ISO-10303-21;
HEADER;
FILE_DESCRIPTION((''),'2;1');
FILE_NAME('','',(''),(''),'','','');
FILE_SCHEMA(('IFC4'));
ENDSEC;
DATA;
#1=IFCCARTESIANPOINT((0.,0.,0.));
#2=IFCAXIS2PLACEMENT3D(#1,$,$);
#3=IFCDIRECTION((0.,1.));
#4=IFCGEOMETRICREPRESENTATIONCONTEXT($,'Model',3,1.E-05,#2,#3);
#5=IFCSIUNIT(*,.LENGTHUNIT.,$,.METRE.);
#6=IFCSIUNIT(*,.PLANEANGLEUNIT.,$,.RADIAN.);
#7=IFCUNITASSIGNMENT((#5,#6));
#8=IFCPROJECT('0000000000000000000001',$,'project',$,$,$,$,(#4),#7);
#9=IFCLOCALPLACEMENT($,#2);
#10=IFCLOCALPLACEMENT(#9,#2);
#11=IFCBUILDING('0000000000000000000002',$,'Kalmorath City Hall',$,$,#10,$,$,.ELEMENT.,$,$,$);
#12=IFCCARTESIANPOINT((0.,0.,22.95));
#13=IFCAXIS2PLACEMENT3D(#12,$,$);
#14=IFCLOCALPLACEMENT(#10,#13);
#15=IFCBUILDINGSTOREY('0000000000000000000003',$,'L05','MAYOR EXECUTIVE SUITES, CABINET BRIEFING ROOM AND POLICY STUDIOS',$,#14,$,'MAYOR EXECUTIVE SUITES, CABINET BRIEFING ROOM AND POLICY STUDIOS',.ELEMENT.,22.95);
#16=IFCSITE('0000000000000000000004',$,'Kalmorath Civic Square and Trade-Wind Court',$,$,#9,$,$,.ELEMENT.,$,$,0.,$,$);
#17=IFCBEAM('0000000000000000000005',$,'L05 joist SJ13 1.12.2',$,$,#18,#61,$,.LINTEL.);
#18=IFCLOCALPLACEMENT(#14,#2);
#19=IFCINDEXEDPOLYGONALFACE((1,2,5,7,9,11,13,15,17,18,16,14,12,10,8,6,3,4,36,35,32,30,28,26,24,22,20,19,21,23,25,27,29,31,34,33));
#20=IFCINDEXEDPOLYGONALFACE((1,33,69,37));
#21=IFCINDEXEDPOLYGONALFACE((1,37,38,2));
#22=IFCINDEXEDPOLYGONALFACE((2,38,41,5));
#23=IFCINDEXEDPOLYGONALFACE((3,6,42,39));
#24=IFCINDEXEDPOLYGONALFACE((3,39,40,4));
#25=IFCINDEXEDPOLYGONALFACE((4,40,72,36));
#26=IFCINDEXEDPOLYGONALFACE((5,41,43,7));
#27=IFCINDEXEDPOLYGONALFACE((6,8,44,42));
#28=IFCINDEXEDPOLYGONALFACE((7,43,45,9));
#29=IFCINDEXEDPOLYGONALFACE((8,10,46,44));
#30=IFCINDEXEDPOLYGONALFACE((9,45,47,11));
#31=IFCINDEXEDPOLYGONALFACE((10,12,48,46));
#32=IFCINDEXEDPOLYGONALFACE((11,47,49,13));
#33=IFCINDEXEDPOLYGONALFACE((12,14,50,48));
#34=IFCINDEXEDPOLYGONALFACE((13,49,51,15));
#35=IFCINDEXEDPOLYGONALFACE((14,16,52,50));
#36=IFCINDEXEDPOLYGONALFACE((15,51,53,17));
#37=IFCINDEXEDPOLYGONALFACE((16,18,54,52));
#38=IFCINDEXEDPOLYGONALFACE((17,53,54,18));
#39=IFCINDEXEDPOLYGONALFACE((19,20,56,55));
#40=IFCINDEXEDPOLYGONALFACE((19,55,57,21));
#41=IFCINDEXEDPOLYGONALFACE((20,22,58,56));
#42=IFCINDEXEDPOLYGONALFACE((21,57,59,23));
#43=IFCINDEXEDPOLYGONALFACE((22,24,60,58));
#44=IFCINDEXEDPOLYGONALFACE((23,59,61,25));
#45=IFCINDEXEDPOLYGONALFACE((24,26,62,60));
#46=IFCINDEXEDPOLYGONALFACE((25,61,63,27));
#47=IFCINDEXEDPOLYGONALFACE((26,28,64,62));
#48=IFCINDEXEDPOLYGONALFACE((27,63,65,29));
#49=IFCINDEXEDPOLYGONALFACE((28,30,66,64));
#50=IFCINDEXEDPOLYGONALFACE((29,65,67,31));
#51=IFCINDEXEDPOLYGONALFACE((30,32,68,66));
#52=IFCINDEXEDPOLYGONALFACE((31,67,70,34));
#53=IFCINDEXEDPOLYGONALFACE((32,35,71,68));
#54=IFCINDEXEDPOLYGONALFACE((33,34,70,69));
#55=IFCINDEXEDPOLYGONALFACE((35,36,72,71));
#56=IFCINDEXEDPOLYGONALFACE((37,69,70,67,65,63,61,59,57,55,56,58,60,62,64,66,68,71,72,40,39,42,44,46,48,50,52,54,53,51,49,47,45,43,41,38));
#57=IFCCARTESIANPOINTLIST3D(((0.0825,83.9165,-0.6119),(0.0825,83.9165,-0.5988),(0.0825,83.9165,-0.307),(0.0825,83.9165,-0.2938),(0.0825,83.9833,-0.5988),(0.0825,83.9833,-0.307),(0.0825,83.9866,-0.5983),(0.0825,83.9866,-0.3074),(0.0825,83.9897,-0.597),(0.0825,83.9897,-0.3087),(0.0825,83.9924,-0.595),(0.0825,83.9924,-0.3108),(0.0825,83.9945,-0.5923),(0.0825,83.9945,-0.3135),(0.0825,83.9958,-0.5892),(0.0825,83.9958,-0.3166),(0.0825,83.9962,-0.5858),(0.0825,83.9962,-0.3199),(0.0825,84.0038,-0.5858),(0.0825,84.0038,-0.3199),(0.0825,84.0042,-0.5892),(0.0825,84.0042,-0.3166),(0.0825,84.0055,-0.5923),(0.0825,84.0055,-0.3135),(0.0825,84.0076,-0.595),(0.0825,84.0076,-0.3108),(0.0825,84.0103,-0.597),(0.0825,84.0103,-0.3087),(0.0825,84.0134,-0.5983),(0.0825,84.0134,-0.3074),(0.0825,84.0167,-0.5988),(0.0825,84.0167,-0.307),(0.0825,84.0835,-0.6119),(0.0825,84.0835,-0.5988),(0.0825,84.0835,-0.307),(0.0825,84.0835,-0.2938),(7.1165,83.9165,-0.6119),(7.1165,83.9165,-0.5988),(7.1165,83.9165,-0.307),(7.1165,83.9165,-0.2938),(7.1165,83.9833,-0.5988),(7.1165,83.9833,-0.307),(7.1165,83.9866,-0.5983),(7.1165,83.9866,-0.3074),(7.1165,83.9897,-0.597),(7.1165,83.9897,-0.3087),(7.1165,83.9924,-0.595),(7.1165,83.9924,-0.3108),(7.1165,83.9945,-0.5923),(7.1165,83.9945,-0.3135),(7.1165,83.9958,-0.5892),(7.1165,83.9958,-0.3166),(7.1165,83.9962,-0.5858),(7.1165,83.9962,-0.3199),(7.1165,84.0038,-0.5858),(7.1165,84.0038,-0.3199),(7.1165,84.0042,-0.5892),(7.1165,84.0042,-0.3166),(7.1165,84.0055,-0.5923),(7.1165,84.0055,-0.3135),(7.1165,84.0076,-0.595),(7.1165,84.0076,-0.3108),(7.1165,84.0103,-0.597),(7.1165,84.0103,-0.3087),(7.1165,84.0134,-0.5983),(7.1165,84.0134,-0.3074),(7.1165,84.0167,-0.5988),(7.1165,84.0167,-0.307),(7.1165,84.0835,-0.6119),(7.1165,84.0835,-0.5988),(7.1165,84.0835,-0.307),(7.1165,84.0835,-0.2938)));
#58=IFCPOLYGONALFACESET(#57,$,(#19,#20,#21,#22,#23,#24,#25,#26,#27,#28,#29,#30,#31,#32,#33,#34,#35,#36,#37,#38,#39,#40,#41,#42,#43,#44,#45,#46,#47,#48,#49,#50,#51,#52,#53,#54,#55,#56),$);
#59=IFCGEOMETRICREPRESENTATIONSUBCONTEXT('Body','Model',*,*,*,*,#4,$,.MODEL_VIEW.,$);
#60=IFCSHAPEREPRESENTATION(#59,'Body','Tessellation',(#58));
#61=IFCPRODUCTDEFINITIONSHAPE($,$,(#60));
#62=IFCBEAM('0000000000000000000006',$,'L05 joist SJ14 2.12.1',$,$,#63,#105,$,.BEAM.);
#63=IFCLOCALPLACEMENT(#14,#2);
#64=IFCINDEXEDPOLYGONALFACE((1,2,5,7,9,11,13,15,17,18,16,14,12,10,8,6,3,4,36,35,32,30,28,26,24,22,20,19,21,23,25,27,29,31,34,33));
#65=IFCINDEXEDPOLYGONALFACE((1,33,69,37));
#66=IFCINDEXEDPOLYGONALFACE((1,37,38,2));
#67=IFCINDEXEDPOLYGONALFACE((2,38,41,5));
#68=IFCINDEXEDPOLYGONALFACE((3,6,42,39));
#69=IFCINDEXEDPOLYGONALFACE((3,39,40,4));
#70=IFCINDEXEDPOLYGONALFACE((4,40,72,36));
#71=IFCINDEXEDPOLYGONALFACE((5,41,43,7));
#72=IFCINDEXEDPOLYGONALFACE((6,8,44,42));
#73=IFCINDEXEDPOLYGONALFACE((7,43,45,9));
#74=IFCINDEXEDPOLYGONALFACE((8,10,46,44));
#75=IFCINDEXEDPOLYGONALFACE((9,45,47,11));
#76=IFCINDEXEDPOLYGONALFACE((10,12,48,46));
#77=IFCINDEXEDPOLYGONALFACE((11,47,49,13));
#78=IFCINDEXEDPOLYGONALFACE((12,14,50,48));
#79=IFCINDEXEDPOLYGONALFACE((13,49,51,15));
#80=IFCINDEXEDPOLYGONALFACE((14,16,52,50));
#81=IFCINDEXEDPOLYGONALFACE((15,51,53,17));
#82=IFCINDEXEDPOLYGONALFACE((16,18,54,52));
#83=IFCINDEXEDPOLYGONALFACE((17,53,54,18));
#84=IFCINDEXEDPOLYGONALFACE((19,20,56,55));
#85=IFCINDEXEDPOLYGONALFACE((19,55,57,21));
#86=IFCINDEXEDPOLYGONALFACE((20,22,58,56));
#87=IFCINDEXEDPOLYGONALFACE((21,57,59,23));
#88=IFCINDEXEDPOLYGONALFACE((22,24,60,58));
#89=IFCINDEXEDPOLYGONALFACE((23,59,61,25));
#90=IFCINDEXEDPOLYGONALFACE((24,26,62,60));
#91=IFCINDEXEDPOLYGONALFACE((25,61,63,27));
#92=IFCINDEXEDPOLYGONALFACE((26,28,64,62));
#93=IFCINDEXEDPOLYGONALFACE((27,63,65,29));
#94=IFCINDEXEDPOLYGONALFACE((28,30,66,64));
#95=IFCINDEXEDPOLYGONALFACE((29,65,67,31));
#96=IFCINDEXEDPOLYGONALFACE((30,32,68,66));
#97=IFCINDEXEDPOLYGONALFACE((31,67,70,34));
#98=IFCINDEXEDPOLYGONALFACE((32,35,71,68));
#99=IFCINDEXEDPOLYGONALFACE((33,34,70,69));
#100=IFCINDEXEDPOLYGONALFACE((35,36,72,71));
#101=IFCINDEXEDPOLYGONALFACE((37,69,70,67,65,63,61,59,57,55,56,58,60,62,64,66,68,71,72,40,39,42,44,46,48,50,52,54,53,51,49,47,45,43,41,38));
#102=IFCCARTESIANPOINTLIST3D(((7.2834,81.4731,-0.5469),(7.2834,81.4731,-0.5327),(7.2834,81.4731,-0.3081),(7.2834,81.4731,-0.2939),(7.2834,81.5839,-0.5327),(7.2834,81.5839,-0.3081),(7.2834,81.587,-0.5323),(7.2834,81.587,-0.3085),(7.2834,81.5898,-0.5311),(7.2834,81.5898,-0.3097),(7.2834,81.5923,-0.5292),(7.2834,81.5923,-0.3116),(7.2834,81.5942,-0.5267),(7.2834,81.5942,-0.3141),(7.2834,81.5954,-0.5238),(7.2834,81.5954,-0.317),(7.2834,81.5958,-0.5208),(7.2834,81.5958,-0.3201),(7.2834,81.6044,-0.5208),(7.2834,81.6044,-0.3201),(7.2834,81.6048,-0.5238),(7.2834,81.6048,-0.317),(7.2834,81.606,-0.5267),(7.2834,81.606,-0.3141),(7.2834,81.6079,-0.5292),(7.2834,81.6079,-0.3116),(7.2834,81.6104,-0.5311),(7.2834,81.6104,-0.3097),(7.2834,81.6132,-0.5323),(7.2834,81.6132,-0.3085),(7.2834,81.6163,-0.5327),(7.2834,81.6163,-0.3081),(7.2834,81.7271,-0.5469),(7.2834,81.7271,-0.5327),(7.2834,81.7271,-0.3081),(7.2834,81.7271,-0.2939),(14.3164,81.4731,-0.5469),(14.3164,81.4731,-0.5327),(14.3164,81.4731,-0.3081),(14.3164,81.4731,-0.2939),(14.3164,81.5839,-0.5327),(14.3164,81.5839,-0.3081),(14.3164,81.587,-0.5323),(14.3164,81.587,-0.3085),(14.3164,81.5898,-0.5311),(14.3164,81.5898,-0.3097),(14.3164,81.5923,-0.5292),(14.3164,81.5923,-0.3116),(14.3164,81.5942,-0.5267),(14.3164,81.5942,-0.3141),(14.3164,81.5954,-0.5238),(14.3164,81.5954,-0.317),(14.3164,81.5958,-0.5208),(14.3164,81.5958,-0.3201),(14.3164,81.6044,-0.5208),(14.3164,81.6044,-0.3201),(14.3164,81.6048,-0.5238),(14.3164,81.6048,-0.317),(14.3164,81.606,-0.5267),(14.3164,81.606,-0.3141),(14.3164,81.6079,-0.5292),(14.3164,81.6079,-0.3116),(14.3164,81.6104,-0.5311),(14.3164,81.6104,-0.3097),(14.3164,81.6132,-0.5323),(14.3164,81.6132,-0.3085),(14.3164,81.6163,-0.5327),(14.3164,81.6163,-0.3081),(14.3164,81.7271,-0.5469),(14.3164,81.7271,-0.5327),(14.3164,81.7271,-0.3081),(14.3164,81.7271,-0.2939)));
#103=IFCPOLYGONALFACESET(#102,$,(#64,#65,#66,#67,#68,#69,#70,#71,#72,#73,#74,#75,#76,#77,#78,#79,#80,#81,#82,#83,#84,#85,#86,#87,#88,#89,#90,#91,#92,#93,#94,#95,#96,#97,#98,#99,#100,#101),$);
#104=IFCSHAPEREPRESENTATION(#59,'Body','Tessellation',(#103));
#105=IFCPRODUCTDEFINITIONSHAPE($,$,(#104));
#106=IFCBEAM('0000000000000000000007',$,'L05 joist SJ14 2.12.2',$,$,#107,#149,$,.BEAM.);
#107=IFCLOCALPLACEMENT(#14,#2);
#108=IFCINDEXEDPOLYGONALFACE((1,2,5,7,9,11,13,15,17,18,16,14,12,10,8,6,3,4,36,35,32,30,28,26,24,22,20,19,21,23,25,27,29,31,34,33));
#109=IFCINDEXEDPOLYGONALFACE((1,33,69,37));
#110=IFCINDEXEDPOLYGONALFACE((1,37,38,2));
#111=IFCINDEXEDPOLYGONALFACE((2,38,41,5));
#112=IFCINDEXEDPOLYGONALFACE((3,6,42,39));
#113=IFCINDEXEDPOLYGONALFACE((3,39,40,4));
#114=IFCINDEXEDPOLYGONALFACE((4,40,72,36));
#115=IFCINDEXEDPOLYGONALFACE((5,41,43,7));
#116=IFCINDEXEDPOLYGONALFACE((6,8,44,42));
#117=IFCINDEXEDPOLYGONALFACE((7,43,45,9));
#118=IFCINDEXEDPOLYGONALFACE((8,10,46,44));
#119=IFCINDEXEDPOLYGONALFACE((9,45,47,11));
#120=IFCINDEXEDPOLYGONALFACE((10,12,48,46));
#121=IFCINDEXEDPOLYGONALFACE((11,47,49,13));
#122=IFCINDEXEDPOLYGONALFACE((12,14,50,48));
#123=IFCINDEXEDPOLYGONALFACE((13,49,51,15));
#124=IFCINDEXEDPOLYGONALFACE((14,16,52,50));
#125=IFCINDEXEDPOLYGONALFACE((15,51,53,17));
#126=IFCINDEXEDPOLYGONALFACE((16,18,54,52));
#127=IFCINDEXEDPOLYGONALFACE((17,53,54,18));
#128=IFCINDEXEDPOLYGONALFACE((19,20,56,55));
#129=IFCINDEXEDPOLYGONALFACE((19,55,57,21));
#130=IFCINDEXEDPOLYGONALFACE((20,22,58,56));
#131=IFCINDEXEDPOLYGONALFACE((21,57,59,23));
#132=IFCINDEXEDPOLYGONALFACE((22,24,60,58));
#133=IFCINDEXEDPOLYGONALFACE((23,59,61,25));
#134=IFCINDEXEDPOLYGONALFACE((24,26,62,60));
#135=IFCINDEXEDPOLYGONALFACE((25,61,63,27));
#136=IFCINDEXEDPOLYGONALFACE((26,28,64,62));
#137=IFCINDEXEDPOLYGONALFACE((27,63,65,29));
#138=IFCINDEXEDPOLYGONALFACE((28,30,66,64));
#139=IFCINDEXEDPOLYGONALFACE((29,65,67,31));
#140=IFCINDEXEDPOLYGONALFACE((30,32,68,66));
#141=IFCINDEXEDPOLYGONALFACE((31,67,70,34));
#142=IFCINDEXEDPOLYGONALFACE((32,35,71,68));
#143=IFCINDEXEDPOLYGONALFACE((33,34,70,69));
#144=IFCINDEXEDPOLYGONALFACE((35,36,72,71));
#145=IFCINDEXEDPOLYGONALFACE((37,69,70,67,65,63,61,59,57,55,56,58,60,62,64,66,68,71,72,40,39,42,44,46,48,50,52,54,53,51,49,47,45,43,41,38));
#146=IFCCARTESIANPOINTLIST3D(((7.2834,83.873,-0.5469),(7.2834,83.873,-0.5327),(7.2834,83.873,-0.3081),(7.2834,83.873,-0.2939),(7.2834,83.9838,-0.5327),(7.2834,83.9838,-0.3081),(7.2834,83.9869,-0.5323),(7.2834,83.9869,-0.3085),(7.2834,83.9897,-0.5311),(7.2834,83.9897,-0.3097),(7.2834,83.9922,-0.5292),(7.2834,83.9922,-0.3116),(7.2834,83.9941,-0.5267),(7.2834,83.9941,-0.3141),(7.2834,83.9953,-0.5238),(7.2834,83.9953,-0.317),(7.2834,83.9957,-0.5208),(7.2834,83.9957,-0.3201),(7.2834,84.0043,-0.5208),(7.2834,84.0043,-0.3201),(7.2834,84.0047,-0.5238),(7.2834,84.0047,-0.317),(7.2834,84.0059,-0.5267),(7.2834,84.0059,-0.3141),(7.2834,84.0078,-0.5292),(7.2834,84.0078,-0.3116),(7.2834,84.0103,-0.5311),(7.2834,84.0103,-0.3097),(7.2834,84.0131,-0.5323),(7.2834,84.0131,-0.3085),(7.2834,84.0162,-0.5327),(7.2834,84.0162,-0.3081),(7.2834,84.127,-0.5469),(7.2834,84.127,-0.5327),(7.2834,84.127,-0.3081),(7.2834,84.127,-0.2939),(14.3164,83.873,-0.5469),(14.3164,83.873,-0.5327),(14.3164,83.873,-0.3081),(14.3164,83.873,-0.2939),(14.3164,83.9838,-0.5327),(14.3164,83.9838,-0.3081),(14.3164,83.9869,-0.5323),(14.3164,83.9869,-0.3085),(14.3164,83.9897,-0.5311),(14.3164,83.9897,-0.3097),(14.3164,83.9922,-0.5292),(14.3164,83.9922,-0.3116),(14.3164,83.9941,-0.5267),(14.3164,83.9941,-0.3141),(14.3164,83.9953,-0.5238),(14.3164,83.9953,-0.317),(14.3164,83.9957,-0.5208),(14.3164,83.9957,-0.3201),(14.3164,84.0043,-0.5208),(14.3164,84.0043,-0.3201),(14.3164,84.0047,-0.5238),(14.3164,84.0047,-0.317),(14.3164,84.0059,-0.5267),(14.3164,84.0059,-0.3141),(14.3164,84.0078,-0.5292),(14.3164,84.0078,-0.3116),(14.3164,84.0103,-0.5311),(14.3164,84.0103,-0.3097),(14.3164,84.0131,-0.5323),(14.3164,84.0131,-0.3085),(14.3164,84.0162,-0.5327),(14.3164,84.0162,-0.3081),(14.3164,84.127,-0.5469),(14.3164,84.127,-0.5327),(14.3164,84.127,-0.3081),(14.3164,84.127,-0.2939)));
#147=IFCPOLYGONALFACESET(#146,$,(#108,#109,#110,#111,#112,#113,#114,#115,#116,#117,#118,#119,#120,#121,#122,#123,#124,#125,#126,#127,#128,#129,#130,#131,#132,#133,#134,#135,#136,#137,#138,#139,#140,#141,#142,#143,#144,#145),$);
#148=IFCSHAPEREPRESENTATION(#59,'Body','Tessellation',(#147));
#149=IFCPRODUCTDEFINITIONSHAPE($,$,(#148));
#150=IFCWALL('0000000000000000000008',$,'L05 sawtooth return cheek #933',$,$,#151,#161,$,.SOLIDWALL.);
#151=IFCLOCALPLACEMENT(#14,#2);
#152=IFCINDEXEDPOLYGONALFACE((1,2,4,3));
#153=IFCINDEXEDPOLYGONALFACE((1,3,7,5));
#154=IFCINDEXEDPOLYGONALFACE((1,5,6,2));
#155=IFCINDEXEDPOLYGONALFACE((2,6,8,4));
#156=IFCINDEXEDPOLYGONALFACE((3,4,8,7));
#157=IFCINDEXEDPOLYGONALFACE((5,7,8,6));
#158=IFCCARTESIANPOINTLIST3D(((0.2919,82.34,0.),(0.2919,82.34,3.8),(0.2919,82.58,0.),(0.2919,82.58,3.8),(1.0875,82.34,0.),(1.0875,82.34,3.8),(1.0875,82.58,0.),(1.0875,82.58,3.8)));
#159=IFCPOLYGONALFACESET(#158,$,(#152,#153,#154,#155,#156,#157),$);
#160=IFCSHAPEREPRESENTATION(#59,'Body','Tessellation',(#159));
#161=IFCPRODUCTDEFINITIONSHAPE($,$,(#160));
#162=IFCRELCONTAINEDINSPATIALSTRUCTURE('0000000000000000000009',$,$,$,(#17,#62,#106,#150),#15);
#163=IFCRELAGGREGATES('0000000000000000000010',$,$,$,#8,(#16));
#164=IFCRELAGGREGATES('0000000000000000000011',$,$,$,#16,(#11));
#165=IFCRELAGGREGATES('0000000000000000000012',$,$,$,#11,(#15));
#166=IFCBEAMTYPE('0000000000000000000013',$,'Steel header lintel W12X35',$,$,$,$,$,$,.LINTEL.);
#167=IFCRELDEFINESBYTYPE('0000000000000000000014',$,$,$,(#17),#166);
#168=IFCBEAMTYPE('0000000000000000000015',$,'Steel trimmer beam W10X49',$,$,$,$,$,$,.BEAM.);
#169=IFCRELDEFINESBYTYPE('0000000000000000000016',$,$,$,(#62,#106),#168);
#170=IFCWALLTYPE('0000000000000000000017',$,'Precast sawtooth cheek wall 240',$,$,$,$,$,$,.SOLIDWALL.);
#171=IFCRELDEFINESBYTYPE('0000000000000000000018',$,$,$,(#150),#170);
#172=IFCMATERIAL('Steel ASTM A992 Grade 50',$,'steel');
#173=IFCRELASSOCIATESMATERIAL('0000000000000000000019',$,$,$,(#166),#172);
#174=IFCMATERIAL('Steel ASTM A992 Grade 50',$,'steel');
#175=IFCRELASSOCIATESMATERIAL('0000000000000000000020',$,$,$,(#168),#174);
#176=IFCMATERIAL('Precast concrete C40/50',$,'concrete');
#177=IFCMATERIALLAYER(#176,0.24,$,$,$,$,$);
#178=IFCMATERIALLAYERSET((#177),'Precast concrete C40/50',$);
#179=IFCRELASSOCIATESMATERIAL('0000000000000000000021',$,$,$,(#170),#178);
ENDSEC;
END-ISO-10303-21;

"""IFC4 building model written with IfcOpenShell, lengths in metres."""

from ifc_helpers import new_model, si_unit, direction, frame, frame_2d, origin, origin_2d, place, context, subcontext, project, spatial, rectangle, i_section, extrude, material, layer, layer_set, material_profile, profile_set, type_object, element, save


model = new_model("IFC4")

# Units and contexts
model_context = context("Model", 3, precision=1e-05, world=origin(), true_north=direction((0.0, 1.0)))
body_context = subcontext(model_context, "Body", "Model", "MODEL_VIEW")
ifc_project = project(units=[si_unit("LENGTHUNIT", "METRE"), si_unit("PLANEANGLEUNIT", "RADIAN")], contexts=[model_context])

# Site, building, storey
site_placement = place(None, origin())
site = spatial("IfcSite", under=ifc_project, at=site_placement, Name="Kalmorath Civic Square and Trade-Wind Court", CompositionType="ELEMENT", RefElevation=0.0)
building_placement = place(site_placement, origin())
building = spatial("IfcBuilding", under=site, at=building_placement, Name="Kalmorath City Hall", CompositionType="ELEMENT")
storey_placement = place(building_placement, frame((0.0, 0.0, 22.95)))
storey = spatial("IfcBuildingStorey", under=building, at=storey_placement, Name="L05", Description="MAYOR EXECUTIVE SUITES, CABINET BRIEFING ROOM AND POLICY STUDIOS", LongName="MAYOR EXECUTIVE SUITES, CABINET BRIEFING ROOM AND POLICY STUDIOS", CompositionType="ELEMENT", Elevation=22.95)

# Beams
ifc_material_1 = material(Name="Steel ASTM A992 Grade 50", Category="steel")
ifc_material_profile_1 = material_profile(ifc_material_1, i_section(OverallWidth=0.167, OverallDepth=0.3181, WebThickness=0.0076, FlangeThickness=0.0132, FilletRadius=0.0129, at=origin_2d()), Name="W12X35")
ifc_profile_set_1 = profile_set([ifc_material_profile_1], Name="Steel ASTM A992 Grade 50")
beam_type_1 = type_object("IfcBeamType", Name="Steel header lintel W12X35", PredefinedType="LINTEL", material=ifc_profile_set_1)
for number, where, z_axis, x_axis, name in (
    (1, (0.0825, 84.0, -0.4529), (1.0, 0.0, 0.0), (0.0, 1.0, 0.0), "L05 joist SJ13 1.12.2"),
):
    element("IfcBeam", number, at=place(storey_placement, frame(where, z_axis=z_axis, x_axis=x_axis)), inside=storey, type_object=beam_type_1, Name=name, PredefinedType="LINTEL", context=body_context, shape_type="SweptSolid", body=[
        extrude(i_section(OverallWidth=0.167, OverallDepth=0.3181, WebThickness=0.0076, FlangeThickness=0.0132, FilletRadius=0.0129, at=origin_2d()), origin(), (0.0, 0.0, 1.0), 7.0339),
    ])
ifc_material_2 = material(Name="Steel ASTM A992 Grade 50", Category="steel")
ifc_material_profile_2 = material_profile(ifc_material_2, i_section(OverallWidth=0.2539, OverallDepth=0.2529, WebThickness=0.0085, FlangeThickness=0.0142, FilletRadius=0.012, at=origin_2d()), Name="W10X49")
ifc_profile_set_2 = profile_set([ifc_material_profile_2], Name="Steel ASTM A992 Grade 50")
beam_type_2 = type_object("IfcBeamType", Name="Steel trimmer beam W10X49", PredefinedType="BEAM", material=ifc_profile_set_2)
for number, where, z_axis, x_axis, name in (
    (2, (7.2834, 81.6001, -0.4204), (1.0, 0.0, 0.0), (0.0, 1.0, 0.0), "L05 joist SJ14 2.12.1"),
    (3, (7.2834, 84.0, -0.4204), (1.0, 0.0, 0.0), (0.0, 1.0, 0.0), "L05 joist SJ14 2.12.2"),
):
    element("IfcBeam", number, at=place(storey_placement, frame(where, z_axis=z_axis, x_axis=x_axis)), inside=storey, type_object=beam_type_2, Name=name, PredefinedType="BEAM", context=body_context, shape_type="SweptSolid", body=[
        extrude(i_section(OverallWidth=0.2539, OverallDepth=0.2529, WebThickness=0.0085, FlangeThickness=0.0142, FilletRadius=0.012, at=origin_2d()), origin(), (0.0, 0.0, 1.0), 7.033),
    ])

# Wall
ifc_material_3 = material(Name="Precast concrete C40/50", Category="concrete")
ifc_layer_1 = layer(ifc_material_3, 0.24)
ifc_layer_set_1 = layer_set([ifc_layer_1], Name="Precast concrete C40/50")
wall_type_1 = type_object("IfcWallType", Name="Precast sawtooth cheek wall 240", PredefinedType="SOLIDWALL", material=ifc_layer_set_1)
wall_1_placement = place(storey_placement, frame((1.0876, 82.46, 0.0), z_axis=(0.0, 0.0, 1.0), x_axis=(-1.0, 0.0, 0.0)))
element("IfcWall", 4, at=wall_1_placement, inside=storey, type_object=wall_type_1, Name="L05 sawtooth return cheek #933", PredefinedType="SOLIDWALL", context=body_context, shape_type="SweptSolid", body=[
    extrude(rectangle(XDim=0.7957, YDim=0.24, at=frame_2d((0.3979, 0.0))), origin(), (0.0, 0.0, 1.0), 3.8),
])

save(model, "model.ifc")
